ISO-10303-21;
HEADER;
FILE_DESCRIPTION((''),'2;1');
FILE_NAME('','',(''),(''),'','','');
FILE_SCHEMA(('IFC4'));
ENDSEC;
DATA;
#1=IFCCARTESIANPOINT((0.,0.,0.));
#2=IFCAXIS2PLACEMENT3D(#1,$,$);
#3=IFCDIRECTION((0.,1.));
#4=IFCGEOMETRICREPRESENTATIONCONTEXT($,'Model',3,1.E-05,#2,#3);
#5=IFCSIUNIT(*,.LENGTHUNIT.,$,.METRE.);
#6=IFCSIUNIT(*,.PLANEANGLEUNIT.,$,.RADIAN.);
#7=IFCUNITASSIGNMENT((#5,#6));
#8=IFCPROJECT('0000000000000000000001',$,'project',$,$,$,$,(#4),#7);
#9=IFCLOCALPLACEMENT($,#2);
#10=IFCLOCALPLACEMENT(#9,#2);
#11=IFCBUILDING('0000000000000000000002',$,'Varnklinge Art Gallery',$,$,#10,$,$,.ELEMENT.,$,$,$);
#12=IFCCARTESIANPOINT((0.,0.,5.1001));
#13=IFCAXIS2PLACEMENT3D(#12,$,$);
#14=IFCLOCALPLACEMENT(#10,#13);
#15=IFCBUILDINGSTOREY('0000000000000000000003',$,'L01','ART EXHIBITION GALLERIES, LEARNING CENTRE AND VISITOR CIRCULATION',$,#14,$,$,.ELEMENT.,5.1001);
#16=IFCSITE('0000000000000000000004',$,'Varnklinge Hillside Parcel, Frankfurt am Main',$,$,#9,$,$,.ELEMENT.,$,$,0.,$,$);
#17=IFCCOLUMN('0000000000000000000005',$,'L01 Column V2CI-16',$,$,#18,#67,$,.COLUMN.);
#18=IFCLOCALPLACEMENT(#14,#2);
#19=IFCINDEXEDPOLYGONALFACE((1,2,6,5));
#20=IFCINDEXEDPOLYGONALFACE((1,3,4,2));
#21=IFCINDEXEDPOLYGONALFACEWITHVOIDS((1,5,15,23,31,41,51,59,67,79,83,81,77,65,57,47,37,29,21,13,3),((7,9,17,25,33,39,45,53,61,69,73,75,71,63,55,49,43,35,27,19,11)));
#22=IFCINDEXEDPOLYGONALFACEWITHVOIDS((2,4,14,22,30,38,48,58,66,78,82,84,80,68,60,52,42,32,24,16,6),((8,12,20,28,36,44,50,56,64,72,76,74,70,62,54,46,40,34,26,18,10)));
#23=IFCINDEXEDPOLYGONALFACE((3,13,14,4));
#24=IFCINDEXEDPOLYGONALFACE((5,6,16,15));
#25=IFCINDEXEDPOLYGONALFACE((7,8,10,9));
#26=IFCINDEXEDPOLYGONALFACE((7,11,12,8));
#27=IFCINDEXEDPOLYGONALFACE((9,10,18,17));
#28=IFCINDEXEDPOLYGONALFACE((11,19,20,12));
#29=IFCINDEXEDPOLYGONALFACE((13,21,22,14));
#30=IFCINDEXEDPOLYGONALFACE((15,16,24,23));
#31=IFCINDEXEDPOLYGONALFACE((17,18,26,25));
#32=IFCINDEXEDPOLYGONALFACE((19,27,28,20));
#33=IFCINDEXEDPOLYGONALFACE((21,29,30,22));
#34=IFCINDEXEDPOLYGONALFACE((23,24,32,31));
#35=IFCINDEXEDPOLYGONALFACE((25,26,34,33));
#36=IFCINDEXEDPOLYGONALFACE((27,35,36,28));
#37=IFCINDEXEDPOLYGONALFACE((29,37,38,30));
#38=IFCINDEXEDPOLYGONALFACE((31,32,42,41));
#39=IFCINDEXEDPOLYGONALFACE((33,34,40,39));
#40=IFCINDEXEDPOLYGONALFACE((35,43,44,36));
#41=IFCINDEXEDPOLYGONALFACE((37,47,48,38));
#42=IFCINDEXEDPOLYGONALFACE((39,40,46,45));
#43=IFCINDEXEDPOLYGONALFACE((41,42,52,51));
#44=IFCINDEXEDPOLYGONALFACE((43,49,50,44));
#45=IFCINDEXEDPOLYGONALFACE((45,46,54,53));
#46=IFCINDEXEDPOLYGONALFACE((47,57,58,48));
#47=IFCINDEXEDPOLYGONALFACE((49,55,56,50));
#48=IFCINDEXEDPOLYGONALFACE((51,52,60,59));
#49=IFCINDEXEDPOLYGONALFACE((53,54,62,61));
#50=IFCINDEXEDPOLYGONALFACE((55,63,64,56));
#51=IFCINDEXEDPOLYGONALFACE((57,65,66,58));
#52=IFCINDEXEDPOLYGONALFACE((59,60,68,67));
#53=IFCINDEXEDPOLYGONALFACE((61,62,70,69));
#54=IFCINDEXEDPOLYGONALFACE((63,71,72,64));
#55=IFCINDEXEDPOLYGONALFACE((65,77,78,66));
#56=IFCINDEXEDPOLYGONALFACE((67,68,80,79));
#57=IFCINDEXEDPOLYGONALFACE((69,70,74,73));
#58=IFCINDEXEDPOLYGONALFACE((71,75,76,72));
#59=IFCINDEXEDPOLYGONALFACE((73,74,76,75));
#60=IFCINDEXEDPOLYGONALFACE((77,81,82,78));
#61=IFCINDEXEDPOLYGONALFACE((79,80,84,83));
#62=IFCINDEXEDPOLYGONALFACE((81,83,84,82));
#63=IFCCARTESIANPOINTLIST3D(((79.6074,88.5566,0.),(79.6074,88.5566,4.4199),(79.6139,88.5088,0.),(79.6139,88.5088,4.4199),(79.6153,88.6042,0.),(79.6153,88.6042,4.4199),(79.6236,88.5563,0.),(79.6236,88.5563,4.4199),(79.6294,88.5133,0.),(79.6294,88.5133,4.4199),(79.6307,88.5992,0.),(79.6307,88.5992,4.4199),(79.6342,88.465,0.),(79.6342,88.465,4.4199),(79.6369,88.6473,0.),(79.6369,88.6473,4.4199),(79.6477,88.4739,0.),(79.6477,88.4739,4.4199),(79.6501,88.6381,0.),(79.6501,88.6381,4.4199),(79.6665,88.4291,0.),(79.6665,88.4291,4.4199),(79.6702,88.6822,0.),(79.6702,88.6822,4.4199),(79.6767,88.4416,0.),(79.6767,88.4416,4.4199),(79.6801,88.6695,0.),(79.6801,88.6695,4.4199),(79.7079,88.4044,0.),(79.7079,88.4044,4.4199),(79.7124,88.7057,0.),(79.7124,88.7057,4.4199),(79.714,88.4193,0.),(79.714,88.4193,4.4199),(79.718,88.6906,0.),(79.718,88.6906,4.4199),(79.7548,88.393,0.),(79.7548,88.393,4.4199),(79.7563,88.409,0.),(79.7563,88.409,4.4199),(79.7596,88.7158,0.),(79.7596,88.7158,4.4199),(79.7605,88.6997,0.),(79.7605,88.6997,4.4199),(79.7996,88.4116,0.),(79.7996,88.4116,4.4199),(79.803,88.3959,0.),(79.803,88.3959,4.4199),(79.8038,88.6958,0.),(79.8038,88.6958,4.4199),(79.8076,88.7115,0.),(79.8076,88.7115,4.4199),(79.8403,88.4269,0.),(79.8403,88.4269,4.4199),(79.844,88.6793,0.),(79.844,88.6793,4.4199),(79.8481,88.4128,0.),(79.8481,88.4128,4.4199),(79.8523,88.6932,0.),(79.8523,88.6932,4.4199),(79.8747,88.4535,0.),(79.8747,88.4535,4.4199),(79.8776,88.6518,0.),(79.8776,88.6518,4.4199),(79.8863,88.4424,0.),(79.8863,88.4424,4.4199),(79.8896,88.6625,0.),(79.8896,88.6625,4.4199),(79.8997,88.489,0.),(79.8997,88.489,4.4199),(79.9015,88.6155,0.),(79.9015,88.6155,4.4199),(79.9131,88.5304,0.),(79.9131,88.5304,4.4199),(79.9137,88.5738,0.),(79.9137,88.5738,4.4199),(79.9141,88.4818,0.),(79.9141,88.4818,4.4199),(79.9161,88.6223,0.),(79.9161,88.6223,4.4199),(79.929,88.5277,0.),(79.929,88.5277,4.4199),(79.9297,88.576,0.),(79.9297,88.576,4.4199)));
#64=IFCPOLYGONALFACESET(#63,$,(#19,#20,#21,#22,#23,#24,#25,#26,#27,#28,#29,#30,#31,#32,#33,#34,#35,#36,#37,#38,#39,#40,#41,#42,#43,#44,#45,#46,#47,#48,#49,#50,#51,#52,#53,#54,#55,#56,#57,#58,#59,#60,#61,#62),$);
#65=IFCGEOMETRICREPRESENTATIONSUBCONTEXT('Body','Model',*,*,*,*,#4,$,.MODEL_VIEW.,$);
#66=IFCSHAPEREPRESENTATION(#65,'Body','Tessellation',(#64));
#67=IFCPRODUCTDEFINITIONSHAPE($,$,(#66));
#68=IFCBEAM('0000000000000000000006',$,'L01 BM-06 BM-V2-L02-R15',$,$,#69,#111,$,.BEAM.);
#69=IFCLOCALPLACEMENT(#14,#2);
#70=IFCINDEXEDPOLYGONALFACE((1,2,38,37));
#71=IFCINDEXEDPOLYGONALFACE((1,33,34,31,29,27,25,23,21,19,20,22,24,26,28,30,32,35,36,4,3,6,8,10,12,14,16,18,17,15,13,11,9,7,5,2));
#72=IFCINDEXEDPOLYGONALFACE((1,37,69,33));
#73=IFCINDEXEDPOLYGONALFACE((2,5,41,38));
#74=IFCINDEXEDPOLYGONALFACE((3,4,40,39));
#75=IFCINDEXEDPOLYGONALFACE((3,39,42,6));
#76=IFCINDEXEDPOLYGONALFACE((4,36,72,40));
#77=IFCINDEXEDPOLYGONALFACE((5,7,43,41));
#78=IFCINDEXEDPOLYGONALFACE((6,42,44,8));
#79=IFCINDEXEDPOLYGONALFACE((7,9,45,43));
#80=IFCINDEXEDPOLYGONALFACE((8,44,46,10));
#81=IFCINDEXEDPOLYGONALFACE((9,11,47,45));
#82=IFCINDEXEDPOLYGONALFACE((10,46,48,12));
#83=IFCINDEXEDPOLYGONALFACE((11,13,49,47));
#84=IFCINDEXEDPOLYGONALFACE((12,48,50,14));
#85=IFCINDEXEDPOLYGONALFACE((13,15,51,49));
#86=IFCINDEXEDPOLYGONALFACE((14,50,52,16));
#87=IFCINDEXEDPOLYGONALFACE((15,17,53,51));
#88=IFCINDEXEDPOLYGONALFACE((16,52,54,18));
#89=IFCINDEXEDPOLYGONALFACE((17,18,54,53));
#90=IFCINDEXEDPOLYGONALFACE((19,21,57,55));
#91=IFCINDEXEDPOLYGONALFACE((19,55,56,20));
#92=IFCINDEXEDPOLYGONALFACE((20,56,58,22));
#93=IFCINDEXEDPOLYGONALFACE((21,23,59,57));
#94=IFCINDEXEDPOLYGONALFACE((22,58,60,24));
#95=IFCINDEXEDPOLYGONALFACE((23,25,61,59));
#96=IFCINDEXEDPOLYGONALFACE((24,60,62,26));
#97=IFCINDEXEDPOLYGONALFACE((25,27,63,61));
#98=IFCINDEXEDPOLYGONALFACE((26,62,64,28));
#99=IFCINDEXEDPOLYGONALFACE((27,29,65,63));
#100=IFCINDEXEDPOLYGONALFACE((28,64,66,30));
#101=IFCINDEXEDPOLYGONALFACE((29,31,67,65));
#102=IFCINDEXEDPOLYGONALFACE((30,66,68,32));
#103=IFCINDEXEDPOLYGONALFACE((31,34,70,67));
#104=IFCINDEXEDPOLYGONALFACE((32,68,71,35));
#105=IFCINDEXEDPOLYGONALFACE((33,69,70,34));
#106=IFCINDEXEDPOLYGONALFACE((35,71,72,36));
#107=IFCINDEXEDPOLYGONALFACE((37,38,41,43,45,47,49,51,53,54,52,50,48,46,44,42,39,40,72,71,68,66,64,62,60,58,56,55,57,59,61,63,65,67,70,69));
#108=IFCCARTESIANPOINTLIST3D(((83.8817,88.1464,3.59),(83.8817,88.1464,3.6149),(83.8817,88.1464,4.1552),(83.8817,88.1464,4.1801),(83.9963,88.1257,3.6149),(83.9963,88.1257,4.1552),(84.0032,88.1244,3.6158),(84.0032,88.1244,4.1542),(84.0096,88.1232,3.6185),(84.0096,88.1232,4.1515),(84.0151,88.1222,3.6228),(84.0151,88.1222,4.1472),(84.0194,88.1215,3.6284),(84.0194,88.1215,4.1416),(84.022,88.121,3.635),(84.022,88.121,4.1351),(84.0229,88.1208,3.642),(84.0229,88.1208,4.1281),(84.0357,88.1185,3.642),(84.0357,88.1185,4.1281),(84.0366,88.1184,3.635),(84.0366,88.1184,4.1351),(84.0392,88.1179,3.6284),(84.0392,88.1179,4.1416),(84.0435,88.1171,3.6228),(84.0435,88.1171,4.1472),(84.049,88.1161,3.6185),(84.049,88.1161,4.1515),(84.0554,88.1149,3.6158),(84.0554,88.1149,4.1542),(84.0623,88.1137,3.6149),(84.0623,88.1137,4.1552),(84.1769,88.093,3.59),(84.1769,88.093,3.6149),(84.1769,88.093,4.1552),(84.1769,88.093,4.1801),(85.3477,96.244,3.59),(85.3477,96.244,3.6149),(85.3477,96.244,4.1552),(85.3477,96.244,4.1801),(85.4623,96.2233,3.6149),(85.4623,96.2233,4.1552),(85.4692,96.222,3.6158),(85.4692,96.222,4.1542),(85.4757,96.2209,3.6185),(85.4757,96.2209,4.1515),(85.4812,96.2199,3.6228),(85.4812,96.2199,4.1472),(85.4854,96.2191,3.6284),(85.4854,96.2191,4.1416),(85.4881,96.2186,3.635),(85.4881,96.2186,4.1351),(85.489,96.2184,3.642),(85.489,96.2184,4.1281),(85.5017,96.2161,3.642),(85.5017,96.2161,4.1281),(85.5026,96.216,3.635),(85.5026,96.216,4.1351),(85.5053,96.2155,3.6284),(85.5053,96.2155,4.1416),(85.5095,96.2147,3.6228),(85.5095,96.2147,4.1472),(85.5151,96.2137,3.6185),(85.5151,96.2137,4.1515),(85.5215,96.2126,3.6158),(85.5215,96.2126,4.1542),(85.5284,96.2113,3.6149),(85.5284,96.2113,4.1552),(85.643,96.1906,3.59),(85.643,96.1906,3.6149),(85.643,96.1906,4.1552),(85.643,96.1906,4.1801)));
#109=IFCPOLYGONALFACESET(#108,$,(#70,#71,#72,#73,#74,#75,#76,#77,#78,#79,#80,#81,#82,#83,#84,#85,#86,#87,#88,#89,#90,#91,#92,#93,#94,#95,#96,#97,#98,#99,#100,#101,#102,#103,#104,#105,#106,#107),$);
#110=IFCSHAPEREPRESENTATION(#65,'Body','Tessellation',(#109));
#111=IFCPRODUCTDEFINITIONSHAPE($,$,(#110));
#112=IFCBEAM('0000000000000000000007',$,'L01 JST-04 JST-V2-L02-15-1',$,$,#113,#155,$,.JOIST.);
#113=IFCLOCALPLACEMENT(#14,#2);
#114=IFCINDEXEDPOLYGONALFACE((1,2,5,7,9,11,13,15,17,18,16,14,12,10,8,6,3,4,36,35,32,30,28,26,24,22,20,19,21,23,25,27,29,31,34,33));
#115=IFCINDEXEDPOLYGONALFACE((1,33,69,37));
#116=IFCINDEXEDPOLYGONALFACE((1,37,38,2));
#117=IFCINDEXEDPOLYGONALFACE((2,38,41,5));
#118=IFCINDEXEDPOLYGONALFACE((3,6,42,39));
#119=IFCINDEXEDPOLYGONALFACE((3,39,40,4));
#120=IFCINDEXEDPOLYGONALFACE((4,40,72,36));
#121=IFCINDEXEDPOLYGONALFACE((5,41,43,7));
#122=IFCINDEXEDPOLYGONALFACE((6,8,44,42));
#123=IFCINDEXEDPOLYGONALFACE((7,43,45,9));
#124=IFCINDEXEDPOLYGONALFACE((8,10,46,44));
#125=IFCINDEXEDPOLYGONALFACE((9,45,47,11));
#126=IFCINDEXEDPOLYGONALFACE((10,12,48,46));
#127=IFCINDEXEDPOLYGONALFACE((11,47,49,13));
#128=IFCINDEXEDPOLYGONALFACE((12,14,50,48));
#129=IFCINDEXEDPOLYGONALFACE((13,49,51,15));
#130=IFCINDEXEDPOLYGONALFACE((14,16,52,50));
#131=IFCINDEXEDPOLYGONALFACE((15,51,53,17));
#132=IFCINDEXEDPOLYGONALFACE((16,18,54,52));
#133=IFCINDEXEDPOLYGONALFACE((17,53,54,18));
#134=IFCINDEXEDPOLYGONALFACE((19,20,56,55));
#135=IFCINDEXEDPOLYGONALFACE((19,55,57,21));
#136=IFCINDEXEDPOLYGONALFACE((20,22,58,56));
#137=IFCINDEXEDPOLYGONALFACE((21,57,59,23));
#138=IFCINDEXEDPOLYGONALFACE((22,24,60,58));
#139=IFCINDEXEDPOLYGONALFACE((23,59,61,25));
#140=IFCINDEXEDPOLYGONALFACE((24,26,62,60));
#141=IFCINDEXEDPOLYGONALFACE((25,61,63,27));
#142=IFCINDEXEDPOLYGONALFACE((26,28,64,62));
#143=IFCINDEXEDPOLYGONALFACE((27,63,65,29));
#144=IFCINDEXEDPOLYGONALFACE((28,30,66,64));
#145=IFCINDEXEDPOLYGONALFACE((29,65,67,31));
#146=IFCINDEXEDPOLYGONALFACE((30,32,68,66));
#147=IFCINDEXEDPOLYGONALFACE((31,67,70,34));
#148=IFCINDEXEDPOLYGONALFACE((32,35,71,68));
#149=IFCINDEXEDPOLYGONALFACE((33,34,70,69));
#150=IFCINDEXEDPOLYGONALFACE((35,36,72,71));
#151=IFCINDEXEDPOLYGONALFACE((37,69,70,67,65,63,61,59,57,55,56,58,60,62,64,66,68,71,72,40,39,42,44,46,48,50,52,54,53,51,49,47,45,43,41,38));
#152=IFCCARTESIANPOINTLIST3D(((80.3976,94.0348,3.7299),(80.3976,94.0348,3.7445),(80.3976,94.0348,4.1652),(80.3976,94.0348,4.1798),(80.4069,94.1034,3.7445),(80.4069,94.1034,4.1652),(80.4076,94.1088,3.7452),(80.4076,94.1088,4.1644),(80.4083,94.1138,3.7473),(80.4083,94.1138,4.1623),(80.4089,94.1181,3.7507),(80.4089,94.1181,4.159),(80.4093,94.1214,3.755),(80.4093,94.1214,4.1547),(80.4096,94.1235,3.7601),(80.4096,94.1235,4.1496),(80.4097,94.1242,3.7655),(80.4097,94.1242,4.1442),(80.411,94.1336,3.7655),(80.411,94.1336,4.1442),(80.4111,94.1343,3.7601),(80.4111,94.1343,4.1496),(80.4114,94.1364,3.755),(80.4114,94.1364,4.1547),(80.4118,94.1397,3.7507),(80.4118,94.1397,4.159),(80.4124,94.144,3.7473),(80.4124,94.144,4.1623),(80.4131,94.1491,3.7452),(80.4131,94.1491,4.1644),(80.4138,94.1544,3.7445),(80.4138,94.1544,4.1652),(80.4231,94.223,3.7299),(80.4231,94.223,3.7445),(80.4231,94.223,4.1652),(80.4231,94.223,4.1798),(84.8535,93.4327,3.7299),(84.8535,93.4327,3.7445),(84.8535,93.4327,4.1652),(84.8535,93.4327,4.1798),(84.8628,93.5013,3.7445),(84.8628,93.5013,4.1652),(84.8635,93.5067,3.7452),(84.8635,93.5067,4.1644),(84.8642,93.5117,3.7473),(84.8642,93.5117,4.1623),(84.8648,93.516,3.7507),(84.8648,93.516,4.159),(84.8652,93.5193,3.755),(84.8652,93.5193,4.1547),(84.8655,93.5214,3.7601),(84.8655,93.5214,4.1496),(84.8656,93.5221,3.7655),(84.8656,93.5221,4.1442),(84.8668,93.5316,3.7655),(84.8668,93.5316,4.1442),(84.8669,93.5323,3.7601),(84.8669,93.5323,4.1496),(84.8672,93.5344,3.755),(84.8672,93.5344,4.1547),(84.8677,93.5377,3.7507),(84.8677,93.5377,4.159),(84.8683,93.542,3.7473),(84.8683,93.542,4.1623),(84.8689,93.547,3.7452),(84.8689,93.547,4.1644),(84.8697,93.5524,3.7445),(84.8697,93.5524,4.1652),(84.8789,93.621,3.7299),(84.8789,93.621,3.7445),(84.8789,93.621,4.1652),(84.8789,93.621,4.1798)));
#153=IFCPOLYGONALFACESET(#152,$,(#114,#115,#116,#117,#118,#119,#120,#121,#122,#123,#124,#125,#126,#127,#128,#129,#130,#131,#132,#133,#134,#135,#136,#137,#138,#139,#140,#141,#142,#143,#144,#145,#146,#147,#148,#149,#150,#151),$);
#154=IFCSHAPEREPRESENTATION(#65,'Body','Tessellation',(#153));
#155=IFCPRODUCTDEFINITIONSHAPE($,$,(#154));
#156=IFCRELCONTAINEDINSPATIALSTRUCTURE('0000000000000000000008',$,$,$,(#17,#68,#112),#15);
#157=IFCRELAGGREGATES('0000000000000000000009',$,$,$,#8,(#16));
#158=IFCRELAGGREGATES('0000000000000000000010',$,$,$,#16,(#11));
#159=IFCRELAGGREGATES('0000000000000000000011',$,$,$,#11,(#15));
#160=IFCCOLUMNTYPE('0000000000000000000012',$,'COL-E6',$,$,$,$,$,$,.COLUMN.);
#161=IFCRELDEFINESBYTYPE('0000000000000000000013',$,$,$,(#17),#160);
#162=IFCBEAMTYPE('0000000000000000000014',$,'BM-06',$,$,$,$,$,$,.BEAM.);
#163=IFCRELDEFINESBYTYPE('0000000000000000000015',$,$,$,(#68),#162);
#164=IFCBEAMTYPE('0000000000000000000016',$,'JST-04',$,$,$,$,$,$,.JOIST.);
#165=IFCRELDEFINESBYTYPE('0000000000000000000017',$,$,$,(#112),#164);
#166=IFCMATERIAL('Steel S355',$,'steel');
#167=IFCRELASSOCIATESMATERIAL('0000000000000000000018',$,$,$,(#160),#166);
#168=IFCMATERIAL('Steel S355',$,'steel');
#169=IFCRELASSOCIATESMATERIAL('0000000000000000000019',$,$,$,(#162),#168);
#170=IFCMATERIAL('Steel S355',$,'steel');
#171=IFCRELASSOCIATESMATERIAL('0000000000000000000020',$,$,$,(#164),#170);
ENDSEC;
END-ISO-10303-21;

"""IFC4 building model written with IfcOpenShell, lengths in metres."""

from ifc_helpers import new_model, si_unit, direction, frame, origin, origin_2d, place, context, subcontext, project, spatial, hollow_circle, i_section, extrude, material, material_profile, profile_set, type_object, element, save


model = new_model("IFC4")

# Units and contexts
model_context = context("Model", 3, precision=1e-05, world=origin(), true_north=direction((0.0, 1.0)))
body_context = subcontext(model_context, "Body", "Model", "MODEL_VIEW")
ifc_project = project(units=[si_unit("LENGTHUNIT", "METRE"), si_unit("PLANEANGLEUNIT", "RADIAN")], contexts=[model_context])

# Site, building, storey
site_placement = place(None, origin())
site = spatial("IfcSite", under=ifc_project, at=site_placement, Name="Varnklinge Hillside Parcel, Frankfurt am Main", CompositionType="ELEMENT", RefElevation=0.0)
building_placement = place(site_placement, origin())
building = spatial("IfcBuilding", under=site, at=building_placement, Name="Varnklinge Art Gallery", CompositionType="ELEMENT")
storey_placement = place(building_placement, frame((0.0, 0.0, 5.1001)))
storey = spatial("IfcBuildingStorey", under=building, at=storey_placement, Name="L01", Description="ART EXHIBITION GALLERIES, LEARNING CENTRE AND VISITOR CIRCULATION", CompositionType="ELEMENT", Elevation=5.1001)

# Column
ifc_material_1 = material(Name="Steel S355", Category="steel")
ifc_material_profile_1 = material_profile(ifc_material_1, hollow_circle(Radius=0.1619, WallThickness=0.0161, at=origin_2d()), Name="CHS 323.9x16")
ifc_profile_set_1 = profile_set([ifc_material_profile_1], Name="Steel S355")
column_type = type_object("IfcColumnType", Name="COL-E6", PredefinedType="COLUMN", material=ifc_profile_set_1)
column_placement = place(storey_placement, frame((79.7693, 88.5542, 0.0), z_axis=(0.0, 0.0, 1.0), x_axis=(-0.089416, -0.995994, 0.0)))
element("IfcColumn", 1, at=column_placement, inside=storey, type_object=column_type, Name="L01 Column V2CI-16", PredefinedType="COLUMN", context=body_context, shape_type="SweptSolid", body=[
    extrude(hollow_circle(Radius=0.1619, WallThickness=0.0161, at=origin_2d()), origin(), (0.0, 0.0, 1.0), 4.4199),
])

# Beams
ifc_material_2 = material(Name="Steel S355", Category="steel")
ifc_material_profile_2 = material_profile(ifc_material_2, i_section(OverallWidth=0.3, OverallDepth=0.5901, WebThickness=0.0129, FlangeThickness=0.0249, FilletRadius=0.0271, at=origin_2d()), Name="HEA 600")
ifc_profile_set_2 = profile_set([ifc_material_profile_2], Name="Steel S355")
beam_type_1 = type_object("IfcBeamType", Name="BM-06", PredefinedType="BEAM", material=ifc_profile_set_2)
beam_1_placement = place(storey_placement, frame((85.4954, 96.2173, 3.885), z_axis=(-0.178152, -0.984003, 0.0), x_axis=(0.984003, -0.178152, 0.0)))
element("IfcBeam", 2, at=beam_1_placement, inside=storey, type_object=beam_type_1, Name="L01 BM-06 BM-V2-L02-R15", PredefinedType="BEAM", context=body_context, shape_type="SweptSolid", body=[
    extrude(i_section(OverallWidth=0.3, OverallDepth=0.5901, WebThickness=0.0129, FlangeThickness=0.0249, FilletRadius=0.0271, at=origin_2d()), origin(), (0.0, 0.0, 1.0), 8.2292),
])
ifc_material_3 = material(Name="Steel S355", Category="steel")
ifc_material_profile_3 = material_profile(ifc_material_3, i_section(OverallWidth=0.1899, OverallDepth=0.45, WebThickness=0.0095, FlangeThickness=0.0146, FilletRadius=0.021, at=origin_2d()), Name="IPE 450")
ifc_profile_set_3 = profile_set([ifc_material_profile_3], Name="Steel S355")
beam_type_2 = type_object("IfcBeamType", Name="JST-04", PredefinedType="JOIST", material=ifc_profile_set_3)
beam_2_placement = place(storey_placement, frame((84.8662, 93.5269, 3.9548), z_axis=(-0.990995, 0.133899, 0.0), x_axis=(-0.133899, -0.990995, 0.0)))
element("IfcBeam", 3, at=beam_2_placement, inside=storey, type_object=beam_type_2, Name="L01 JST-04 JST-V2-L02-15-1", PredefinedType="JOIST", context=body_context, shape_type="SweptSolid", body=[
    extrude(i_section(OverallWidth=0.1899, OverallDepth=0.45, WebThickness=0.0095, FlangeThickness=0.0146, FilletRadius=0.021, at=origin_2d()), origin(), (0.0, 0.0, 1.0), 4.4963),
])

save(model, "model.ifc")
